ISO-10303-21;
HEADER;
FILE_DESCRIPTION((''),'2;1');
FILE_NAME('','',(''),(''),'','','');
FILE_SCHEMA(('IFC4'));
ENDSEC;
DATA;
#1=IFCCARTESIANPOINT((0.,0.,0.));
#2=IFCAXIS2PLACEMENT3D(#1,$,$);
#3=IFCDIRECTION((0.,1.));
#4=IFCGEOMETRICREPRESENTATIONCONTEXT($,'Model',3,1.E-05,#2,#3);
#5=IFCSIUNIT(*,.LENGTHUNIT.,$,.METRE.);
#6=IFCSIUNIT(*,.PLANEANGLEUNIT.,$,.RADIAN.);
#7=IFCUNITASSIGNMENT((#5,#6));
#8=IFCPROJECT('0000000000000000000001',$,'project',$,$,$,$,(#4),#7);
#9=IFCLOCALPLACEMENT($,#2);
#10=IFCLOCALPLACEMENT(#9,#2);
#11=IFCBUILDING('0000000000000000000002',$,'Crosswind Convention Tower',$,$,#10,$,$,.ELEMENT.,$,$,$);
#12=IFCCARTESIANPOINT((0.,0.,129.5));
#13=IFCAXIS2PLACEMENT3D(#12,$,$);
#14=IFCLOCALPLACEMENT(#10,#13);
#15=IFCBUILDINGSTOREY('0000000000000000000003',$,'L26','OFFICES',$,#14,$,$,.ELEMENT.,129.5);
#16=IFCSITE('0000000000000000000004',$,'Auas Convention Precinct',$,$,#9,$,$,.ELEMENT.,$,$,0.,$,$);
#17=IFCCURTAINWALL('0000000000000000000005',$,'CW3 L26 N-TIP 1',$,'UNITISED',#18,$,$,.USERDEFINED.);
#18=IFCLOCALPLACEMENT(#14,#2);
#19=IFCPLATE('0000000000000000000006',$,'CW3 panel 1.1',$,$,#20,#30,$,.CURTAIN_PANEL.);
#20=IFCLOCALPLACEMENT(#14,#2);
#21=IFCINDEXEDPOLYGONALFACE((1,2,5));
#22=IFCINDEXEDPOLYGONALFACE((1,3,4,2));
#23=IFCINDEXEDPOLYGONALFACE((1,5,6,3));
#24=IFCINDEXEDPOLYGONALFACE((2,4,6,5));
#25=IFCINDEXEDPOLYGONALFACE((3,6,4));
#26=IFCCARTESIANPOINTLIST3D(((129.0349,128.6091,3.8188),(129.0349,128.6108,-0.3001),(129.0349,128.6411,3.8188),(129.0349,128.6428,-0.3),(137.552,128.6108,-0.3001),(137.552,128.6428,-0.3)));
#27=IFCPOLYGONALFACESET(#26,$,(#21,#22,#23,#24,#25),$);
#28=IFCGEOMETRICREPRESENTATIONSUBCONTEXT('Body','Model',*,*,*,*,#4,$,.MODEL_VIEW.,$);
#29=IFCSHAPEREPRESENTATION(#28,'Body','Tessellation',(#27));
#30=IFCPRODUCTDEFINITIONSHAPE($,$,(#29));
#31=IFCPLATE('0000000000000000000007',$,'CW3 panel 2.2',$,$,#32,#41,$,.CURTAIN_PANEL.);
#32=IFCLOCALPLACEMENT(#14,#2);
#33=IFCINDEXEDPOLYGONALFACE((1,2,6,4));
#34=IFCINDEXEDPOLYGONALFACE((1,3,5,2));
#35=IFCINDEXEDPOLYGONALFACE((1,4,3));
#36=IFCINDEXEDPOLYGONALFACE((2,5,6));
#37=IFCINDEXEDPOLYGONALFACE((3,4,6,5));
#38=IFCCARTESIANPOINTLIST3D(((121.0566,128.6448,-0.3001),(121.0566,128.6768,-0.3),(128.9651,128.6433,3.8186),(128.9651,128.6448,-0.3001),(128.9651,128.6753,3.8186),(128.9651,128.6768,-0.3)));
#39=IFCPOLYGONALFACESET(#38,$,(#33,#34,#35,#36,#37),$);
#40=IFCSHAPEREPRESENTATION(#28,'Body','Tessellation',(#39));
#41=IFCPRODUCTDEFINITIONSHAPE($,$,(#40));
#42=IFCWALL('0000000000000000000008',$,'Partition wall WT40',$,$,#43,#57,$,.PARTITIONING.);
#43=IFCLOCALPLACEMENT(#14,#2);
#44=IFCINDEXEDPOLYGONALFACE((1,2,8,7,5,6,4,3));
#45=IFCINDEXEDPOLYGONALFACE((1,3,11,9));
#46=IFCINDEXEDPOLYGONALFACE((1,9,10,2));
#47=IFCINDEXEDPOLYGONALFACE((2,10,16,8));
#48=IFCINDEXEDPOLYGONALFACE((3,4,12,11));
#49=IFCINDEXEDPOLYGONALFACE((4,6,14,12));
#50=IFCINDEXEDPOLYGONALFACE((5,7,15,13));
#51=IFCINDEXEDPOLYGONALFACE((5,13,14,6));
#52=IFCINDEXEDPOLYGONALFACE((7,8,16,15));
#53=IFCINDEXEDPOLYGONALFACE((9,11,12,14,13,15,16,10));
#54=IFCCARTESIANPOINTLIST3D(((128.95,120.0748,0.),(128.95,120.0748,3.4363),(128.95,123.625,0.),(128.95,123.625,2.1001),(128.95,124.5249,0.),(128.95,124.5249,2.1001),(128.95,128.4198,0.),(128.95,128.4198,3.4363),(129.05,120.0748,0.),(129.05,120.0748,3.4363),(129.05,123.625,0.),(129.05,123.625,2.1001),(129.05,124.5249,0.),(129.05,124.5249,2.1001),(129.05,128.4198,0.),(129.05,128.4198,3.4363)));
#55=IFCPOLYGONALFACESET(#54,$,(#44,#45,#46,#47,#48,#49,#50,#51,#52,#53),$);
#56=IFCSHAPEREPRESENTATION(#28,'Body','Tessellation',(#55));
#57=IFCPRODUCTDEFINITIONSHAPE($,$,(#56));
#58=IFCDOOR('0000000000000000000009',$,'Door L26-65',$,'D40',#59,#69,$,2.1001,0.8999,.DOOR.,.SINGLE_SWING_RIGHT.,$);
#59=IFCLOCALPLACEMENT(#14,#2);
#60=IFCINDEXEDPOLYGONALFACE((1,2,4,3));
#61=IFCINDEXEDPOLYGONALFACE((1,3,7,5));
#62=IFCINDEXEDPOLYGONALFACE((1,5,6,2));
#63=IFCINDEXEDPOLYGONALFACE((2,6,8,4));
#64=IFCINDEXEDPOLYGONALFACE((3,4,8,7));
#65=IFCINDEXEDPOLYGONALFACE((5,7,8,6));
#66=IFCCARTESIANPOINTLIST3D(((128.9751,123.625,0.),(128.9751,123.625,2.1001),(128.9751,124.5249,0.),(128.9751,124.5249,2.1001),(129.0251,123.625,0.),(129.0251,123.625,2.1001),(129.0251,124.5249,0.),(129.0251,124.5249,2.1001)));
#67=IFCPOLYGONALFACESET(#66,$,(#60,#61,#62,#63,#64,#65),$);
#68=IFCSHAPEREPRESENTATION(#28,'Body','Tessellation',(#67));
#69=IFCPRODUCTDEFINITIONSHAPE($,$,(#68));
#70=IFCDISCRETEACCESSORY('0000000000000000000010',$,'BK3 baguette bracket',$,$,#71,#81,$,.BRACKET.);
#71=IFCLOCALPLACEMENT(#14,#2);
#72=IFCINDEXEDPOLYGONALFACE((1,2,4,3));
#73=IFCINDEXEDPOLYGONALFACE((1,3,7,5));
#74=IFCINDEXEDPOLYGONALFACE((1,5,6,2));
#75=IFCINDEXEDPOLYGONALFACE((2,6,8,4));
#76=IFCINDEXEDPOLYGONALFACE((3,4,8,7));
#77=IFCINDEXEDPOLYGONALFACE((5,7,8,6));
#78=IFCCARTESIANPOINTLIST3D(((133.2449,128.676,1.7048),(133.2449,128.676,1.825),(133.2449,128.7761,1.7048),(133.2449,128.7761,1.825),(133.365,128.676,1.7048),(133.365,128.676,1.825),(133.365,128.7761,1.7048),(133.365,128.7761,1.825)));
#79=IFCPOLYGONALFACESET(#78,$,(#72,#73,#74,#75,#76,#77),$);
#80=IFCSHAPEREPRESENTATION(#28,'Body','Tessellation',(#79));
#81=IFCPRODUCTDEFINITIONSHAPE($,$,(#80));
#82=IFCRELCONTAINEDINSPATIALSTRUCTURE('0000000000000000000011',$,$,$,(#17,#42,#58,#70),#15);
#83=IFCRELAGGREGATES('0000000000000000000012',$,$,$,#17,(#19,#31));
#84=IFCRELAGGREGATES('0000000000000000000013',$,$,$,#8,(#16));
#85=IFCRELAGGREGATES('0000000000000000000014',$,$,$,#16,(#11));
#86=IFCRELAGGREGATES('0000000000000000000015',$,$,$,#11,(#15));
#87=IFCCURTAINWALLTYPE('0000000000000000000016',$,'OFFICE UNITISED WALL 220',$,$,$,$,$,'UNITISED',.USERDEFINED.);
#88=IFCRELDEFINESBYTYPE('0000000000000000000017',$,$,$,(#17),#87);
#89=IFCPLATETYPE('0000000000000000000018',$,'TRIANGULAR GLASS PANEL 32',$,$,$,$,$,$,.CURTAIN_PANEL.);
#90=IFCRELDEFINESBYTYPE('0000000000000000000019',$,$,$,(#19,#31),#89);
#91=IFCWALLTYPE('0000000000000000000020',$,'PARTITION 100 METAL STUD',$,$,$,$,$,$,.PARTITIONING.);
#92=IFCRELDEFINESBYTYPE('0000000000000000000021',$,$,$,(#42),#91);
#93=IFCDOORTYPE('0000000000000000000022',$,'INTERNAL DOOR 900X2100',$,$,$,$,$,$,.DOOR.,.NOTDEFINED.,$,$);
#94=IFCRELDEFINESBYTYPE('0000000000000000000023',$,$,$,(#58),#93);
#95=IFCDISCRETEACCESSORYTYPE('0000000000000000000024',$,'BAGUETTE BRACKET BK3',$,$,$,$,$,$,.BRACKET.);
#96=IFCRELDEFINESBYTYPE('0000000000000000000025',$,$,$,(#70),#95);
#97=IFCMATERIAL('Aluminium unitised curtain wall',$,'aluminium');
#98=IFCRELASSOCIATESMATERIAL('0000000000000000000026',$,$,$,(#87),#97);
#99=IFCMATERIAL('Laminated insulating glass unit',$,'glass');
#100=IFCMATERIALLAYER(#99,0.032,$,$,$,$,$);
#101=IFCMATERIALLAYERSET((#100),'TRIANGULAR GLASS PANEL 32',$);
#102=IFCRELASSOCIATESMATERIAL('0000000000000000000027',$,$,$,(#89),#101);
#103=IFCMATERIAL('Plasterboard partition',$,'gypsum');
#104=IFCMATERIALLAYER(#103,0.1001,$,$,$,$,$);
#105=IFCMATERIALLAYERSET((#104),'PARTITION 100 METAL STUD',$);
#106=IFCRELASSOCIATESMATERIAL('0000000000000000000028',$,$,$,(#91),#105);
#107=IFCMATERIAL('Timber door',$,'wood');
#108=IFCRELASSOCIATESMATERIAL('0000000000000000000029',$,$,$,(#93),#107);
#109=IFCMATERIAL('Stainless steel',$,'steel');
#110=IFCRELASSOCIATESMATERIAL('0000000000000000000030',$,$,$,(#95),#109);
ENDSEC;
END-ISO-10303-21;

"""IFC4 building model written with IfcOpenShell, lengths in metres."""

from ifc_helpers import new_model, si_unit, direction, frame, frame_2d, origin, origin_2d, place, context, subcontext, project, spatial, polyline, rectangle, outline, extrude, material, layer, layer_set, type_object, element, fill, aggregate, save


model = new_model("IFC4")

# Units and contexts
model_context = context("Model", 3, precision=1e-05, world=origin(), true_north=direction((0.0, 1.0)))
body_context = subcontext(model_context, "Body", "Model", "MODEL_VIEW")
ifc_project = project(units=[si_unit("LENGTHUNIT", "METRE"), si_unit("PLANEANGLEUNIT", "RADIAN")], contexts=[model_context])

# Site, building, storey
site_placement = place(None, origin())
site = spatial("IfcSite", under=ifc_project, at=site_placement, Name="Auas Convention Precinct", CompositionType="ELEMENT", RefElevation=0.0)
building_placement = place(site_placement, origin())
building = spatial("IfcBuilding", under=site, at=building_placement, Name="Crosswind Convention Tower", CompositionType="ELEMENT")
storey_placement = place(building_placement, frame((0.0, 0.0, 129.5)))
storey = spatial("IfcBuildingStorey", under=building, at=storey_placement, Name="L26", Description="OFFICES", CompositionType="ELEMENT", Elevation=129.5)

# Curtain wall
ifc_material_1 = material(Name="Aluminium unitised curtain wall", Category="aluminium")
curtain_wall_type = type_object("IfcCurtainWallType", Name="OFFICE UNITISED WALL 220", ElementType="UNITISED", PredefinedType="USERDEFINED", material=ifc_material_1)
curtain_wall_placement = place(storey_placement, origin())
curtain_wall = element("IfcCurtainWall", 1, at=curtain_wall_placement, inside=storey, type_object=curtain_wall_type, Name="CW3 L26 N-TIP 1", ObjectType="UNITISED", PredefinedType="USERDEFINED")

# Plates
ifc_material_2 = material(Name="Laminated insulating glass unit", Category="glass")
ifc_layer_1 = layer(ifc_material_2, 0.032)
ifc_layer_set_1 = layer_set([ifc_layer_1], Name="TRIANGULAR GLASS PANEL 32")
plate_type = type_object("IfcPlateType", Name="TRIANGULAR GLASS PANEL 32", PredefinedType="CURTAIN_PANEL", material=ifc_layer_set_1)
plate_1_placement = place(storey_placement, frame((129.0349, 128.6428, -0.3), z_axis=(0.0, 1.0, 0.000415), x_axis=(0.0, -0.000415, 1.0)))
plate_1 = element("IfcPlate", 2, at=plate_1_placement, type_object=plate_type, Name="CW3 panel 1.1", PredefinedType="CURTAIN_PANEL", context=body_context, shape_type="SweptSolid", body=[
    extrude(outline(polyline([(0.0, 0.0), (4.1189, 0.0), (0.0, 8.5171), (0.0, 0.0)])), origin(), (0.0, 0.0, -1.0), 0.032),
])
plate_2_placement = place(storey_placement, frame((128.9651, 128.6768, -0.3), z_axis=(0.0, 1.0, 0.000356), x_axis=(-1.0, 0.0, 0.0)))
plate_2 = element("IfcPlate", 3, at=plate_2_placement, type_object=plate_type, Name="CW3 panel 2.2", PredefinedType="CURTAIN_PANEL", context=body_context, shape_type="SweptSolid", body=[
    extrude(outline(polyline([(0.0, 0.0), (7.9084, 0.0), (0.0, 4.1187), (0.0, 0.0)])), origin(), (0.0, 0.0, -1.0), 0.032),
])
aggregate(curtain_wall, [plate_1, plate_2])

# Wall, opening, door
ifc_material_3 = material(Name="Plasterboard partition", Category="gypsum")
ifc_layer_2 = layer(ifc_material_3, 0.1001)
ifc_layer_set_2 = layer_set([ifc_layer_2], Name="PARTITION 100 METAL STUD")
wall_type = type_object("IfcWallType", Name="PARTITION 100 METAL STUD", PredefinedType="PARTITIONING", material=ifc_layer_set_2)
wall_placement = place(storey_placement, frame((129.0, 120.075, 0.0), z_axis=(0.0, 0.0, 1.0), x_axis=(0.0, 1.0, 0.0)))
wall = element("IfcWall", 4, at=wall_placement, inside=storey, type_object=wall_type, Name="Partition wall WT40", PredefinedType="PARTITIONING", context=body_context, shape_type="SweptSolid", body=[
    extrude(rectangle(XDim=8.345, YDim=0.1001, at=frame_2d((4.1724, 0.0))), origin(), (0.0, 0.0, 1.0), 3.4363),
])
opening_placement = place(wall_placement, frame((3.55, 0.0, 0.0)))
opening = element("IfcOpeningElement", 5, at=opening_placement, cuts=wall, PredefinedType="OPENING", context=body_context, shape_type="SweptSolid", body=[
    extrude(rectangle(XDim=0.8999, YDim=2.1001, at=frame_2d((0.45, 1.05))), frame((0.0, 0.0601, 0.0), z_axis=(0.0, -1.0, 0.0), x_axis=(1.0, 0.0, 0.0)), (0.0, 0.0, 1.0), 0.1201),
])
ifc_material_4 = material(Name="Timber door", Category="wood")
door_type = type_object("IfcDoorType", Name="INTERNAL DOOR 900X2100", OperationType="NOTDEFINED", PredefinedType="DOOR", material=ifc_material_4)
door_placement = place(opening_placement, origin())
door = element("IfcDoor", 6, at=door_placement, inside=storey, type_object=door_type, Name="Door L26-65", ObjectType="D40", OperationType="SINGLE_SWING_RIGHT", OverallHeight=2.1001, OverallWidth=0.8999, PredefinedType="DOOR", context=body_context, shape_type="SweptSolid", body=[
    extrude(rectangle(XDim=0.8999, YDim=2.1001, at=frame_2d((0.45, 1.05))), frame((0.0, 0.0249, 0.0), z_axis=(0.0, -1.0, 0.0), x_axis=(1.0, 0.0, 0.0)), (0.0, 0.0, 1.0), 0.05),
])
fill(opening, door)

# Discrete accessory
ifc_material_5 = material(Name="Stainless steel", Category="steel")
discrete_accessory_type = type_object("IfcDiscreteAccessoryType", Name="BAGUETTE BRACKET BK3", PredefinedType="BRACKET", material=ifc_material_5)
discrete_accessory_placement = place(storey_placement, frame((133.3049, 128.7261, 1.7048), z_axis=(0.0, 0.0, 1.0), x_axis=(-1.0, 0.0, 0.0)))
element("IfcDiscreteAccessory", 7, at=discrete_accessory_placement, inside=storey, type_object=discrete_accessory_type, Name="BK3 baguette bracket", PredefinedType="BRACKET", context=body_context, shape_type="SweptSolid", body=[
    extrude(rectangle(XDim=0.1201, YDim=0.1001, at=origin_2d()), origin(), (0.0, 0.0, 1.0), 0.1201),
])

save(model, "model.ifc")
